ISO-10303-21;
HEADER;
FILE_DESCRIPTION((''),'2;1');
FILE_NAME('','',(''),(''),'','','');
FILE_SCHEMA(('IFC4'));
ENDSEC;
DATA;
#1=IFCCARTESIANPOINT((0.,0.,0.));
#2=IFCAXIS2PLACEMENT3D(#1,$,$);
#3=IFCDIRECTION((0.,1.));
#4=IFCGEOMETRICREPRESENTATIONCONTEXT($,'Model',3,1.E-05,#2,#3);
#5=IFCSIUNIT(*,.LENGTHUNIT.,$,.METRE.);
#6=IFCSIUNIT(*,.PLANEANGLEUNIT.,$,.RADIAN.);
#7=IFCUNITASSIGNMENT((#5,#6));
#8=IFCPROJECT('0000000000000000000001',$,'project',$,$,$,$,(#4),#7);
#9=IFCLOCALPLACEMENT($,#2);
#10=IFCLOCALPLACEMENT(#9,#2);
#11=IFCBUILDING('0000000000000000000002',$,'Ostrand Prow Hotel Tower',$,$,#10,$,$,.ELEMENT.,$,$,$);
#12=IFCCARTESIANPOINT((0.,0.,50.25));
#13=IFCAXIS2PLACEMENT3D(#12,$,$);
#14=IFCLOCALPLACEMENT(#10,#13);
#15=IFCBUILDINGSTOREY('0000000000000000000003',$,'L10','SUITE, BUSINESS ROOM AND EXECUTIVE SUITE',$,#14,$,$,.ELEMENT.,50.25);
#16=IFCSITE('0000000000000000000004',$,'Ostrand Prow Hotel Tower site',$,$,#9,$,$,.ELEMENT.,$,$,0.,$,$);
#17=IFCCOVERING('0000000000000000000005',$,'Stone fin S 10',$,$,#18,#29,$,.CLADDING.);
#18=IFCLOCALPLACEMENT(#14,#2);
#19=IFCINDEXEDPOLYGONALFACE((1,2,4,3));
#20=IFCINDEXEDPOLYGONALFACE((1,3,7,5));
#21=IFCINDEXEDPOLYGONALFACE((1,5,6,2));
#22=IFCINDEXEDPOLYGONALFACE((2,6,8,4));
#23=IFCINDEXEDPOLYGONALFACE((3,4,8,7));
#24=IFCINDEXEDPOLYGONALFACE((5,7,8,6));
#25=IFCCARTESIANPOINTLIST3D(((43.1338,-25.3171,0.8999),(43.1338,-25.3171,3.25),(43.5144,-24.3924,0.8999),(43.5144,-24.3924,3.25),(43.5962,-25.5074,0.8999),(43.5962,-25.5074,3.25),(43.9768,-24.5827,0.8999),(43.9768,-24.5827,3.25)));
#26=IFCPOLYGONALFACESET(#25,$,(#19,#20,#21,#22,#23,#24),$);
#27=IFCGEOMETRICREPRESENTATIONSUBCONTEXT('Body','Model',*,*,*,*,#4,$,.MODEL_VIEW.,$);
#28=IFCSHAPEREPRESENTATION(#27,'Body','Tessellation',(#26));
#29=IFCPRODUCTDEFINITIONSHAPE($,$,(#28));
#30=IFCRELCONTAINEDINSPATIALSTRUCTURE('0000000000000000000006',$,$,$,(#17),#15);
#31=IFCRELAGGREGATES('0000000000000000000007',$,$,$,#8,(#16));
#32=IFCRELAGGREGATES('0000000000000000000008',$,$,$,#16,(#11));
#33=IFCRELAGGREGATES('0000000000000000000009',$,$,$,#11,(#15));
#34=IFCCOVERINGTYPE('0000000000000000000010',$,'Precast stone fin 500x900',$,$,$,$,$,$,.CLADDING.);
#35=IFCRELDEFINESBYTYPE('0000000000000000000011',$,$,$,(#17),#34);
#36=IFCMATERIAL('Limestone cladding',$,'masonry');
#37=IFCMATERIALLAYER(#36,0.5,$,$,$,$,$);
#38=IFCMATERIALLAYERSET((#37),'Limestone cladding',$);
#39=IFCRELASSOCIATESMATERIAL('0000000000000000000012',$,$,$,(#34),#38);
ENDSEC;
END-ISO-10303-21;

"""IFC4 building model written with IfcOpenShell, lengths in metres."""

from ifc_helpers import new_model, si_unit, direction, frame, frame_2d, origin, place, context, subcontext, project, spatial, rectangle, extrude, material, layer, layer_set, type_object, element, save


model = new_model("IFC4")

# Units and contexts
model_context = context("Model", 3, precision=1e-05, world=origin(), true_north=direction((0.0, 1.0)))
body_context = subcontext(model_context, "Body", "Model", "MODEL_VIEW")
ifc_project = project(units=[si_unit("LENGTHUNIT", "METRE"), si_unit("PLANEANGLEUNIT", "RADIAN")], contexts=[model_context])

# Site, building, storey
site_placement = place(None, origin())
site = spatial("IfcSite", under=ifc_project, at=site_placement, Name="Ostrand Prow Hotel Tower site", CompositionType="ELEMENT", RefElevation=0.0)
building_placement = place(site_placement, origin())
building = spatial("IfcBuilding", under=site, at=building_placement, Name="Ostrand Prow Hotel Tower", CompositionType="ELEMENT")
storey_placement = place(building_placement, frame((0.0, 0.0, 50.25)))
storey = spatial("IfcBuildingStorey", under=building, at=storey_placement, Name="L10", Description="SUITE, BUSINESS ROOM AND EXECUTIVE SUITE", CompositionType="ELEMENT", Elevation=50.25)

# Covering
ifc_material_1 = material(Name="Limestone cladding", Category="masonry")
ifc_layer_1 = layer(ifc_material_1, 0.5)
ifc_layer_set_1 = layer_set([ifc_layer_1], Name="Limestone cladding")
covering_type = type_object("IfcCoveringType", Name="Precast stone fin 500x900", PredefinedType="CLADDING", material=ifc_layer_set_1)
covering_placement = place(storey_placement, frame((43.7456, -24.4875, 0.8999), z_axis=(0.0, 0.0, 1.0), x_axis=(-0.38059, -0.924744, 0.0)))
element("IfcCovering", 1, at=covering_placement, inside=storey, type_object=covering_type, Name="Stone fin S 10", PredefinedType="CLADDING", context=body_context, shape_type="SweptSolid", body=[
    extrude(rectangle(XDim=1.0, YDim=0.5, at=frame_2d((0.5, 0.0))), origin(), (0.0, 0.0, 1.0), 2.3501),
])

save(model, "model.ifc")
